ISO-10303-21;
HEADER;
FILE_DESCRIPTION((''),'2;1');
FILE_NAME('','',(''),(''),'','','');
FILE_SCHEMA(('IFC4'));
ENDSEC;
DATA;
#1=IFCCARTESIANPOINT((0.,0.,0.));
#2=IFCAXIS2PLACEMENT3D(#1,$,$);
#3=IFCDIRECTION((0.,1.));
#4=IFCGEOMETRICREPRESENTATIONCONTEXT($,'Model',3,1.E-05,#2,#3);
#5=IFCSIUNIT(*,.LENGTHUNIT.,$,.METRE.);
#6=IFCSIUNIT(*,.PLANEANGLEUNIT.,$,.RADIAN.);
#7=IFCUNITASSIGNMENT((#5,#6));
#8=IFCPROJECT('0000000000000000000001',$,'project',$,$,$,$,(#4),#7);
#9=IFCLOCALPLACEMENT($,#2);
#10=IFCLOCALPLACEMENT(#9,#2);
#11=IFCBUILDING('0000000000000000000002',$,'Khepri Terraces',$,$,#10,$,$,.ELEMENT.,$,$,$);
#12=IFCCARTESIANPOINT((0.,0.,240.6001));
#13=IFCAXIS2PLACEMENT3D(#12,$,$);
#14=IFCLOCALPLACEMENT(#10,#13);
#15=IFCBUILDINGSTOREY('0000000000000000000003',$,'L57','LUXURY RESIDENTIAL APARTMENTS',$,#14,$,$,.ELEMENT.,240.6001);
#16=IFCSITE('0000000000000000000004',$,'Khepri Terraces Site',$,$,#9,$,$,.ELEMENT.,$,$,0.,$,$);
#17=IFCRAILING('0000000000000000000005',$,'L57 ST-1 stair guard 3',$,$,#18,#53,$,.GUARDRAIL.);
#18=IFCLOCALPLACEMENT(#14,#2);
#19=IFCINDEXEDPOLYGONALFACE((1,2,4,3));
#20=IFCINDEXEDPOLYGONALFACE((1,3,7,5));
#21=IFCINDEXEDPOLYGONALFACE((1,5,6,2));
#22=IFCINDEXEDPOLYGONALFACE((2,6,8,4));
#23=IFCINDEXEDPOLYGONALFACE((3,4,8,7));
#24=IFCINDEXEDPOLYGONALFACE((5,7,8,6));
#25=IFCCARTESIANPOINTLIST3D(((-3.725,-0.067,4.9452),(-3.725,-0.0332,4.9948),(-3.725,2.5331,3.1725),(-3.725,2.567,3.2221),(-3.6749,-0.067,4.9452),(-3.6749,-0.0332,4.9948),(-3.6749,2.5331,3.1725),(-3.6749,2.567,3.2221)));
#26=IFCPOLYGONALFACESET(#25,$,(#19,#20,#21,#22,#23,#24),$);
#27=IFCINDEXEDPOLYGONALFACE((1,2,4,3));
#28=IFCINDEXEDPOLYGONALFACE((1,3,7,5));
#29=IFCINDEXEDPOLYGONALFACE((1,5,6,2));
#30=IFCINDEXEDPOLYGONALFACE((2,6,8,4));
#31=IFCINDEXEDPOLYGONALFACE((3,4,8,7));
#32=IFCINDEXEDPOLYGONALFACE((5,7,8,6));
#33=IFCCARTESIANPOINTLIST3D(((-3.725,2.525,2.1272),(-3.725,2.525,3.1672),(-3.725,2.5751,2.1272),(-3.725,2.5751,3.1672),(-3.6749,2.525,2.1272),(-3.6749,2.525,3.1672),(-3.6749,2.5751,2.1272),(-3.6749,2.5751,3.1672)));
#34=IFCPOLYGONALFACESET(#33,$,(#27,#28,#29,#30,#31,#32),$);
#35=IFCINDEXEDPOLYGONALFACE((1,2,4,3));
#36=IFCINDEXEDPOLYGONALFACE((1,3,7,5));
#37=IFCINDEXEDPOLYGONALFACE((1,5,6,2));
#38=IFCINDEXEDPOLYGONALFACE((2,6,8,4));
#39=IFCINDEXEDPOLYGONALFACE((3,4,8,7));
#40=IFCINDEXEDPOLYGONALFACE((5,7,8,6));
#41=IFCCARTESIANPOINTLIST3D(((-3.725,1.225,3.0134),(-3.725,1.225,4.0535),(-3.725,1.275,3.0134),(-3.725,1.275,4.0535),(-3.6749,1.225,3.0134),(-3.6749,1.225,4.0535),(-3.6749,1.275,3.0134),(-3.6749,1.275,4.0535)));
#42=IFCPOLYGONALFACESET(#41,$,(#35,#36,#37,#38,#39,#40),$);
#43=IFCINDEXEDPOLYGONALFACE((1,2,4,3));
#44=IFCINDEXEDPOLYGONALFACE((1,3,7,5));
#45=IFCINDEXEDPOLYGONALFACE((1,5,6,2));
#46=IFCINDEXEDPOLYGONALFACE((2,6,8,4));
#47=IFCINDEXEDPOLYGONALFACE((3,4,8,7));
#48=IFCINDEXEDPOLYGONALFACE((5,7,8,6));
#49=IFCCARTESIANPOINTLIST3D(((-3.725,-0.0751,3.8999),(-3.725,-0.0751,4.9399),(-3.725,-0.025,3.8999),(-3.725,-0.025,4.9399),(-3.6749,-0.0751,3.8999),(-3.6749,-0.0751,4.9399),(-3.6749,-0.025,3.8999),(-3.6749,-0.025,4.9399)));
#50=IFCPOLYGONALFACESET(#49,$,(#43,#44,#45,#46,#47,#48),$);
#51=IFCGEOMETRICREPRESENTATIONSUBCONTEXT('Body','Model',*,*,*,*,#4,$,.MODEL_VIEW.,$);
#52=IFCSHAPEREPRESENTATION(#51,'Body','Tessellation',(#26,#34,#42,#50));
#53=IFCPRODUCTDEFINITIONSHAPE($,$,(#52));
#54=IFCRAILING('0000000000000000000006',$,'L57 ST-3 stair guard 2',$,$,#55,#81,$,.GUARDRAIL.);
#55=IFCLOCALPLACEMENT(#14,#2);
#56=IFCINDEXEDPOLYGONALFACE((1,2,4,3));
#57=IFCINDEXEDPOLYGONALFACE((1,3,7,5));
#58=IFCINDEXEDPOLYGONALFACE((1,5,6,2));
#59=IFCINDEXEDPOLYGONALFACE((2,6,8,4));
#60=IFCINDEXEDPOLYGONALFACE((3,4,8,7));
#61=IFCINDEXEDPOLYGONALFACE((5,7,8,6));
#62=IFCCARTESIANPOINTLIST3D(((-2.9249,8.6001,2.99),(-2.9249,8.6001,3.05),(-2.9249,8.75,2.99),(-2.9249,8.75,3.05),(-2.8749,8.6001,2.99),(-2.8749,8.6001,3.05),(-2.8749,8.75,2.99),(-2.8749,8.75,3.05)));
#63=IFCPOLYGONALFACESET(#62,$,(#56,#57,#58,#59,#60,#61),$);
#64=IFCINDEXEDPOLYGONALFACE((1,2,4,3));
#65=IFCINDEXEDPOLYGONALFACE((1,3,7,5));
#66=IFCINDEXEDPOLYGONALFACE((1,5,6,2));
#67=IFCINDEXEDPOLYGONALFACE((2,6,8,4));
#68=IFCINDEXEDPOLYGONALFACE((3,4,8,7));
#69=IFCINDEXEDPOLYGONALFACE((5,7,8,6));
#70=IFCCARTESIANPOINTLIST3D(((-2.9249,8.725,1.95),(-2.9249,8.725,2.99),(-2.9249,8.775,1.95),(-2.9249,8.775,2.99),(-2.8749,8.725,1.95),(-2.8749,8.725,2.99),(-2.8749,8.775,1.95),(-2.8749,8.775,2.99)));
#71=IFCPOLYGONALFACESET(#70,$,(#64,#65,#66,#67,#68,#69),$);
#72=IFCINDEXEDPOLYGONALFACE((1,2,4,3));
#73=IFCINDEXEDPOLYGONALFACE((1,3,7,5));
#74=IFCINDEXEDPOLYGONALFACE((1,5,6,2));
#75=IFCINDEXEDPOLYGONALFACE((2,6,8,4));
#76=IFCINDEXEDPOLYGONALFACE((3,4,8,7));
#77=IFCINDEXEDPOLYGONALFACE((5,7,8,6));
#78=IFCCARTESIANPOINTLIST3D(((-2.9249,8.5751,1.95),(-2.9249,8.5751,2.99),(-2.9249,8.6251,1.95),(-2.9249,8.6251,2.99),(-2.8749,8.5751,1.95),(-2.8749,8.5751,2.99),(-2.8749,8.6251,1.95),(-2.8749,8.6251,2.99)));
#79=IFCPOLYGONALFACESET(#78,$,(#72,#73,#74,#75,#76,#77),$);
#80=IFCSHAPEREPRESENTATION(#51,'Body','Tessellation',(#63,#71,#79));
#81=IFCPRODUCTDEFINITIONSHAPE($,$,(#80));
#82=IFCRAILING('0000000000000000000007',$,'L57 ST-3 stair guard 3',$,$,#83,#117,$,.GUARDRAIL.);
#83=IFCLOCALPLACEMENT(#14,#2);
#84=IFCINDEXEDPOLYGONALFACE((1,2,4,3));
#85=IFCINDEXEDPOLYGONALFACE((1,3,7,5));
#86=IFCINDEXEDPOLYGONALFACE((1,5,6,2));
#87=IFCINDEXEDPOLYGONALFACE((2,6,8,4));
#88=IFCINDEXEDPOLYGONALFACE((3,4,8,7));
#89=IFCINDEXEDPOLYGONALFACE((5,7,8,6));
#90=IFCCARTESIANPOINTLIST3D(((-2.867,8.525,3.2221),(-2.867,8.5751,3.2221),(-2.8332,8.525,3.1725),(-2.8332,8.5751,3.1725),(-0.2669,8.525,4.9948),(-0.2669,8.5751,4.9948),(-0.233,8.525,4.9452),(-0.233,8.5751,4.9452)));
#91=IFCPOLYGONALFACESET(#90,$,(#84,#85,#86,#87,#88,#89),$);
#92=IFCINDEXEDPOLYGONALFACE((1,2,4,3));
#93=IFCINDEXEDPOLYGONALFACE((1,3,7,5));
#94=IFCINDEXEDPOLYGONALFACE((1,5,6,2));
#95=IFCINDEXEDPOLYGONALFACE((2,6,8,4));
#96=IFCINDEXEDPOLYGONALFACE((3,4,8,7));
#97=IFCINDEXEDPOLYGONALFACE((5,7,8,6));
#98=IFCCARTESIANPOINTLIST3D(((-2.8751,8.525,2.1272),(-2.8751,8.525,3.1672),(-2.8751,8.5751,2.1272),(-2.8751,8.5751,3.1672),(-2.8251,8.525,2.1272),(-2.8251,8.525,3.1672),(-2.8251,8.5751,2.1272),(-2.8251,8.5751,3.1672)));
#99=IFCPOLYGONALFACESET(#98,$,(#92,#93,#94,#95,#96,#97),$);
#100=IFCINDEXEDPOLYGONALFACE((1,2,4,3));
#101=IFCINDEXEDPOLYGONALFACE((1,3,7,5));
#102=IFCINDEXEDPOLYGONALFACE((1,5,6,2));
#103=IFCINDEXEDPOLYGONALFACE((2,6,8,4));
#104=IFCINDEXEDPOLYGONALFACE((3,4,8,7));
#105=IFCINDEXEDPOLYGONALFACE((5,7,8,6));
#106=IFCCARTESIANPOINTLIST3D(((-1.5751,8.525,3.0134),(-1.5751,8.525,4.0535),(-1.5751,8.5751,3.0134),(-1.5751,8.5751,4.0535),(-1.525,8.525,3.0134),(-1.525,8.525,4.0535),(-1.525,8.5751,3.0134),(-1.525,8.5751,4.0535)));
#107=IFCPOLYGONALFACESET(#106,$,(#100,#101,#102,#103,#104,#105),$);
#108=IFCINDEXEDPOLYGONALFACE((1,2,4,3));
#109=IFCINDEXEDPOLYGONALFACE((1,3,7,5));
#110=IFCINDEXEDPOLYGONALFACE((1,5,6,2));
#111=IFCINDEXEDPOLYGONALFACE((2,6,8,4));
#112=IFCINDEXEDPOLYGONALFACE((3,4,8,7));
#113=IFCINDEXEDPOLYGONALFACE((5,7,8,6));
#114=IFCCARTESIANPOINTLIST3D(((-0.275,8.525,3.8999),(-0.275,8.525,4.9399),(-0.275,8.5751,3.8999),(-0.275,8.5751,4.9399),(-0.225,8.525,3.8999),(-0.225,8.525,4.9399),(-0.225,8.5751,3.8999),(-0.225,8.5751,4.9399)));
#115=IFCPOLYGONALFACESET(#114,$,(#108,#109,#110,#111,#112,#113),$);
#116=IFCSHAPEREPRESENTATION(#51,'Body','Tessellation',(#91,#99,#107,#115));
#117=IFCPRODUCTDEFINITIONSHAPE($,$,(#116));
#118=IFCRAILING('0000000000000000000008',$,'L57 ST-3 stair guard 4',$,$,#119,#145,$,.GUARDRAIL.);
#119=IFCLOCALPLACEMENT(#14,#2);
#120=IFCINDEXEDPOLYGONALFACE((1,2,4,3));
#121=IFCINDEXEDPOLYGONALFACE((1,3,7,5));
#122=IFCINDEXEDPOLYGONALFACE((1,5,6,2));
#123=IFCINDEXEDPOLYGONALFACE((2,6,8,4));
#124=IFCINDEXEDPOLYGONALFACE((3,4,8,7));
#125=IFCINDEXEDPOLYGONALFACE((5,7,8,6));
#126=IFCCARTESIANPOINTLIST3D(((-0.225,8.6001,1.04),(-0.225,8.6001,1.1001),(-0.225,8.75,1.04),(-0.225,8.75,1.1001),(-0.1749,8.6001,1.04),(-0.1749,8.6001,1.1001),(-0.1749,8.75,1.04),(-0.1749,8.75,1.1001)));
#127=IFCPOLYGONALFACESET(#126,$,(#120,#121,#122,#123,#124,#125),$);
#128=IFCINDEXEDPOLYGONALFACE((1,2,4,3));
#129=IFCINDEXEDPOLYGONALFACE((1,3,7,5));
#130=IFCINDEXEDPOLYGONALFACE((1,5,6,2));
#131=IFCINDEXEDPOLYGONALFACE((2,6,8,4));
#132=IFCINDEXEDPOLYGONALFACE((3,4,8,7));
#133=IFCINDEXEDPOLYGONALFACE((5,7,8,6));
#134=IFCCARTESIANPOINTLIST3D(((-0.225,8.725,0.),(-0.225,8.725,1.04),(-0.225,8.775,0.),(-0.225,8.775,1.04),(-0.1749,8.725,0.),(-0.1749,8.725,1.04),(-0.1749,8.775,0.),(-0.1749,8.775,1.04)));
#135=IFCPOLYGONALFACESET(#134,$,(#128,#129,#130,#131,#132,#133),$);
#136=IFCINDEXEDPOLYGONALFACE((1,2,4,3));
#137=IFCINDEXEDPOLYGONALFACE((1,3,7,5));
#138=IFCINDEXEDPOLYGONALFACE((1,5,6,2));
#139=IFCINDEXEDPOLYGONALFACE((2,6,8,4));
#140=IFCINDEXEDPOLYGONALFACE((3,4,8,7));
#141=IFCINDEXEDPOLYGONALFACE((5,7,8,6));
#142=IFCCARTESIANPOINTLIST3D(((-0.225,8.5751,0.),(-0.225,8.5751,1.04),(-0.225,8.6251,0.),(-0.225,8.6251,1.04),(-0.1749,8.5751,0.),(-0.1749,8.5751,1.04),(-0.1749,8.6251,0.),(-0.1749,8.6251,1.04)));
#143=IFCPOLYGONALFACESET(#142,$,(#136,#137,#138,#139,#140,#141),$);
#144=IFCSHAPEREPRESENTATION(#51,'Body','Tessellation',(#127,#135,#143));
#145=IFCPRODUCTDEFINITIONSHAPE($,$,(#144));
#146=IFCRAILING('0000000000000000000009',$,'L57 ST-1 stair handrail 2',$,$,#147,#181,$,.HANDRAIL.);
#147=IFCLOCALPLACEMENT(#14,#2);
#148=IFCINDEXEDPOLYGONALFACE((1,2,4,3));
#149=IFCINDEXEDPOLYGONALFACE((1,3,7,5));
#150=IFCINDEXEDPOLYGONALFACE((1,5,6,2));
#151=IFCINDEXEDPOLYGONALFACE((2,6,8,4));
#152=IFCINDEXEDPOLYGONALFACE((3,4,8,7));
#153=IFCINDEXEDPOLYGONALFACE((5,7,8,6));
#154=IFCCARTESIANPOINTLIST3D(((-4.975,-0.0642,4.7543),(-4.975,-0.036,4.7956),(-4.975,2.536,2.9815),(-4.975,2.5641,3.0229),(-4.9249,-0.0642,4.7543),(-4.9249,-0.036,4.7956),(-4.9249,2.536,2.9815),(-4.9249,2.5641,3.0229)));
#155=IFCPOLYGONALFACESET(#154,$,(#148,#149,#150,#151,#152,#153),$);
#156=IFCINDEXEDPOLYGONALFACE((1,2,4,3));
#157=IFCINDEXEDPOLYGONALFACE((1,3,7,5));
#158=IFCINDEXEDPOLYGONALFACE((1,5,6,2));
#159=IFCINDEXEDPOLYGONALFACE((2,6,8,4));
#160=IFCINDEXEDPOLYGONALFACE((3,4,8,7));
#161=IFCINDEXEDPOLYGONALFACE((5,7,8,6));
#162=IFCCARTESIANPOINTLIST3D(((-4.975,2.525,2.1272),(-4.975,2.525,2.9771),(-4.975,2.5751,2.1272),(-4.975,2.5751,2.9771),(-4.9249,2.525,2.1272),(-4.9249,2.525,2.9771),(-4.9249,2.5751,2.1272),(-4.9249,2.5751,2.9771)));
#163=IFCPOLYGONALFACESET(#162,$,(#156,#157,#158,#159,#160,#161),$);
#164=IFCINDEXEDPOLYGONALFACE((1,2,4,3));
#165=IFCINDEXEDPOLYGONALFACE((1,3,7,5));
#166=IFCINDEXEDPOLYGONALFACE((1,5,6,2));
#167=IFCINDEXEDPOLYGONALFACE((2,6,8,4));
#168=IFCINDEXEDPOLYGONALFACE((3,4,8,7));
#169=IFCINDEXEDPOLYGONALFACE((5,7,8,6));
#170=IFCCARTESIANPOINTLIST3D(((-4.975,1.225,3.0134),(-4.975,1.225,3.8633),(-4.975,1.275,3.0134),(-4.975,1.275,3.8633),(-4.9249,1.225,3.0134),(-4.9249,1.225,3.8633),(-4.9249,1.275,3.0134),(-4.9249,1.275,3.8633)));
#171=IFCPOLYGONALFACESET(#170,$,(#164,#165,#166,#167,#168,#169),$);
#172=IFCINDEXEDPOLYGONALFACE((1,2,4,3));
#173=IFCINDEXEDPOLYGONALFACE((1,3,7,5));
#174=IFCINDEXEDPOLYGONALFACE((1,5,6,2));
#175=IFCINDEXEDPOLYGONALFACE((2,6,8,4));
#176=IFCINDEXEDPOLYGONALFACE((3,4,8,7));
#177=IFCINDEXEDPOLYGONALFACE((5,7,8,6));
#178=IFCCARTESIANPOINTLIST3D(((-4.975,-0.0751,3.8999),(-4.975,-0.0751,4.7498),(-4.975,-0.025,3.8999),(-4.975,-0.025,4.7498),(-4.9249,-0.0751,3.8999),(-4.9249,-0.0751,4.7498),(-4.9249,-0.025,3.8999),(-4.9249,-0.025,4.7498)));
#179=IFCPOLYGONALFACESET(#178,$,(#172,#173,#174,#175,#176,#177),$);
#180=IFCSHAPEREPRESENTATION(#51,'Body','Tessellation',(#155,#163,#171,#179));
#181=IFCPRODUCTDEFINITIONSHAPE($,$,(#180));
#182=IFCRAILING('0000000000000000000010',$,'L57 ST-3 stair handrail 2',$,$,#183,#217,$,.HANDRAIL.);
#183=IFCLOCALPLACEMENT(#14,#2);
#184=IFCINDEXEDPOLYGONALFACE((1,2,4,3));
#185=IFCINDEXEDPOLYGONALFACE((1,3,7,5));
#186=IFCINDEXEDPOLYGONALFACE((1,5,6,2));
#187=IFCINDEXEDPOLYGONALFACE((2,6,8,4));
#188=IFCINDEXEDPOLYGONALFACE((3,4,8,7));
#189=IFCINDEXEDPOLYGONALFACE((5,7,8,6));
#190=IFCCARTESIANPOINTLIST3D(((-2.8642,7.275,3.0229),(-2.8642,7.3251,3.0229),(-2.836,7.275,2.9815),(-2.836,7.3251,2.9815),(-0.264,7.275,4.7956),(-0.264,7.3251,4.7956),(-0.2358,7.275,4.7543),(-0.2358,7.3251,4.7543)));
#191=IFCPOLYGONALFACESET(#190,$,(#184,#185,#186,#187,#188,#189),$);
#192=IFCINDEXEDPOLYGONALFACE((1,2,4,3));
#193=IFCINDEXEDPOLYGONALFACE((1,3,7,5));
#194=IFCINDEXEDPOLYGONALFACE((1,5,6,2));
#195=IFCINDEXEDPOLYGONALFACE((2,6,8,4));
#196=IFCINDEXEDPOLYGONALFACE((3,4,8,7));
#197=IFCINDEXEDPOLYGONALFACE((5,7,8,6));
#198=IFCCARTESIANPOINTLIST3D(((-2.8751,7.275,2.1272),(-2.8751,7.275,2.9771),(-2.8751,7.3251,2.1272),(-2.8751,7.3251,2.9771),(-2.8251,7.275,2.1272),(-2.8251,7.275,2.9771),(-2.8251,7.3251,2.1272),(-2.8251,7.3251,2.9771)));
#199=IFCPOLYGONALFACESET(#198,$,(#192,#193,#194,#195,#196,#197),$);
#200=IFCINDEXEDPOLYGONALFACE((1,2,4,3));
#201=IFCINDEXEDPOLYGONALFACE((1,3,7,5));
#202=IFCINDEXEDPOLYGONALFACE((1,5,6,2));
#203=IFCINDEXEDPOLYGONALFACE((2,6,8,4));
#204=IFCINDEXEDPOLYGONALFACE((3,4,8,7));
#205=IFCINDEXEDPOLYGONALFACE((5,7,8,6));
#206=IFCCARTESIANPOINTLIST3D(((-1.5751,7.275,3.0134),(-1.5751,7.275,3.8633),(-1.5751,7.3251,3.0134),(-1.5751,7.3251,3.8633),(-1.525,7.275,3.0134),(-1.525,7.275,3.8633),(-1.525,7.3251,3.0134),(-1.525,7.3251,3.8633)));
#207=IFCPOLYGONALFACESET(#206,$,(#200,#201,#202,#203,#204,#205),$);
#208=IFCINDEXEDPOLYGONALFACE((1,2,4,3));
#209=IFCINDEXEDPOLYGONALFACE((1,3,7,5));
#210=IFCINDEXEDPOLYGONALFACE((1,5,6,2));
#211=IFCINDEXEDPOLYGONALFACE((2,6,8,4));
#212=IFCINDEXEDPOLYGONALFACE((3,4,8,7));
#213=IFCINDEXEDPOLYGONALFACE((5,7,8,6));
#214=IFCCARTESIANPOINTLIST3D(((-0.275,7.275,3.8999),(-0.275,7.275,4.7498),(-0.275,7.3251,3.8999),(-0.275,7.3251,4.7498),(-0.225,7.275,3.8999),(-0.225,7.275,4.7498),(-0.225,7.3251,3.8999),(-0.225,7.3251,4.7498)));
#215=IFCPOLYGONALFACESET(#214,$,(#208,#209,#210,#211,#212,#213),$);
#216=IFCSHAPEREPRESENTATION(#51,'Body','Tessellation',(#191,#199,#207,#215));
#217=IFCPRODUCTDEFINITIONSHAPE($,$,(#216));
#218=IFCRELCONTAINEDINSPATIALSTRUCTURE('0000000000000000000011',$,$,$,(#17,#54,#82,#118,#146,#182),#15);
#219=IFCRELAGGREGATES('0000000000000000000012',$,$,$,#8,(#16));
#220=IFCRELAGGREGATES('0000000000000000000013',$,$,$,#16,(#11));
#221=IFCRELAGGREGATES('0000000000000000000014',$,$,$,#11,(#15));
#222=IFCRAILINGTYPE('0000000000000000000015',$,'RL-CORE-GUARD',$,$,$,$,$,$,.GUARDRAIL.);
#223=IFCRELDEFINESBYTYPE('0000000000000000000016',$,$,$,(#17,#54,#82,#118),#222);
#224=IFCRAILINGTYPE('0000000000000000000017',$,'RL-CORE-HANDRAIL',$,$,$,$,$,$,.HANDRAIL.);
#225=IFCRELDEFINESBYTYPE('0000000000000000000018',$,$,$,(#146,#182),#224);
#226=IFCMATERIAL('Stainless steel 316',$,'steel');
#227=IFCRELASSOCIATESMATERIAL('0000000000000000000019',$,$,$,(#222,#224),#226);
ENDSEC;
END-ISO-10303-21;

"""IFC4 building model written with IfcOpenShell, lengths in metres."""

from ifc_helpers import new_model, si_unit, direction, frame, origin, origin_2d, place, context, subcontext, project, spatial, rectangle, extrude, material, type_object, element, save


model = new_model("IFC4")

# Units and contexts
model_context = context("Model", 3, precision=1e-05, world=origin(), true_north=direction((0.0, 1.0)))
body_context = subcontext(model_context, "Body", "Model", "MODEL_VIEW")
ifc_project = project(units=[si_unit("LENGTHUNIT", "METRE"), si_unit("PLANEANGLEUNIT", "RADIAN")], contexts=[model_context])

# Site, building, storey
site_placement = place(None, origin())
site = spatial("IfcSite", under=ifc_project, at=site_placement, Name="Khepri Terraces Site", CompositionType="ELEMENT", RefElevation=0.0)
building_placement = place(site_placement, origin())
building = spatial("IfcBuilding", under=site, at=building_placement, Name="Khepri Terraces", CompositionType="ELEMENT")
storey_placement = place(building_placement, frame((0.0, 0.0, 240.6001)))
storey = spatial("IfcBuildingStorey", under=building, at=storey_placement, Name="L57", Description="LUXURY RESIDENTIAL APARTMENTS", CompositionType="ELEMENT", Elevation=240.6001)

# Railings
ifc_material_1 = material(Name="Stainless steel 316", Category="steel")
railing_type_1 = type_object("IfcRailingType", Name="RL-CORE-GUARD", PredefinedType="GUARDRAIL", material=ifc_material_1)
railing_1_placement = place(storey_placement, frame((-3.7, 2.55, 2.1272)))
element("IfcRailing", 1, at=railing_1_placement, inside=storey, type_object=railing_type_1, Name="L57 ST-1 stair guard 3", PredefinedType="GUARDRAIL", context=body_context, shape_type="SweptSolid", body=[
    extrude(rectangle(XDim=0.05, YDim=0.0601, at=origin_2d()), frame((0.0, 0.0, 1.0701), z_axis=(0.0, -0.82624, 0.563318), x_axis=(1.0, 0.0, 0.0)), (0.0, 0.0, 1.0), 3.147),
    extrude(rectangle(XDim=0.05, YDim=0.05, at=origin_2d()), origin(), (0.0, 0.0, 1.0), 1.04),
    extrude(rectangle(XDim=0.05, YDim=0.05, at=origin_2d()), frame((0.0, -1.3, 0.8862)), (0.0, 0.0, 1.0), 1.04),
    extrude(rectangle(XDim=0.05, YDim=0.05, at=origin_2d()), frame((0.0, -2.6001, 1.7727)), (0.0, 0.0, 1.0), 1.04),
])
railing_2_placement = place(storey_placement, frame((-2.8999, 8.75, 1.95)))
element("IfcRailing", 2, at=railing_2_placement, inside=storey, type_object=railing_type_1, Name="L57 ST-3 stair guard 2", PredefinedType="GUARDRAIL", context=body_context, shape_type="SweptSolid", body=[
    extrude(rectangle(XDim=0.05, YDim=0.0601, at=origin_2d()), frame((0.0, 0.0, 1.0701), z_axis=(0.0, -1.0, 0.0), x_axis=(1.0, 0.0, 0.0)), (0.0, 0.0, 1.0), 0.1499),
    extrude(rectangle(XDim=0.05, YDim=0.05, at=origin_2d()), origin(), (0.0, 0.0, 1.0), 1.04),
    extrude(rectangle(XDim=0.05, YDim=0.05, at=origin_2d()), frame((0.0, -0.1499, 0.0)), (0.0, 0.0, 1.0), 1.04),
])
railing_3_placement = place(storey_placement, frame((-2.8501, 8.55, 2.1272)))
element("IfcRailing", 3, at=railing_3_placement, inside=storey, type_object=railing_type_1, Name="L57 ST-3 stair guard 3", PredefinedType="GUARDRAIL", context=body_context, shape_type="SweptSolid", body=[
    extrude(rectangle(XDim=0.05, YDim=0.0601, at=origin_2d()), frame((0.0, 0.0, 1.0701), z_axis=(0.82624, 0.0, 0.563318), x_axis=(0.0, 1.0, 0.0)), (0.0, 0.0, 1.0), 3.147),
    extrude(rectangle(XDim=0.05, YDim=0.05, at=origin_2d()), origin(), (0.0, 0.0, 1.0), 1.04),
    extrude(rectangle(XDim=0.05, YDim=0.05, at=origin_2d()), frame((1.3, 0.0, 0.8862)), (0.0, 0.0, 1.0), 1.04),
    extrude(rectangle(XDim=0.05, YDim=0.05, at=origin_2d()), frame((2.6001, 0.0, 1.7727)), (0.0, 0.0, 1.0), 1.04),
])
railing_4_placement = place(storey_placement, frame((-0.2, 8.75, 0.0)))
element("IfcRailing", 4, at=railing_4_placement, inside=storey, type_object=railing_type_1, Name="L57 ST-3 stair guard 4", PredefinedType="GUARDRAIL", context=body_context, shape_type="SweptSolid", body=[
    extrude(rectangle(XDim=0.05, YDim=0.0601, at=origin_2d()), frame((0.0, 0.0, 1.0701), z_axis=(0.0, -1.0, 0.0), x_axis=(1.0, 0.0, 0.0)), (0.0, 0.0, 1.0), 0.1499),
    extrude(rectangle(XDim=0.05, YDim=0.05, at=origin_2d()), origin(), (0.0, 0.0, 1.0), 1.04),
    extrude(rectangle(XDim=0.05, YDim=0.05, at=origin_2d()), frame((0.0, -0.1499, 0.0)), (0.0, 0.0, 1.0), 1.04),
])
railing_type_2 = type_object("IfcRailingType", Name="RL-CORE-HANDRAIL", PredefinedType="HANDRAIL", material=ifc_material_1)
railing_5_placement = place(storey_placement, frame((-4.95, 2.55, 2.1272)))
element("IfcRailing", 5, at=railing_5_placement, inside=storey, type_object=railing_type_2, Name="L57 ST-1 stair handrail 2", PredefinedType="HANDRAIL", context=body_context, shape_type="SweptSolid", body=[
    extrude(rectangle(XDim=0.05, YDim=0.05, at=origin_2d()), frame((0.0, 0.0, 0.875), z_axis=(0.0, -0.82624, 0.563318), x_axis=(1.0, 0.0, 0.0)), (0.0, 0.0, 1.0), 3.147),
    extrude(rectangle(XDim=0.05, YDim=0.05, at=origin_2d()), origin(), (0.0, 0.0, 1.0), 0.8499),
    extrude(rectangle(XDim=0.05, YDim=0.05, at=origin_2d()), frame((0.0, -1.3, 0.8862)), (0.0, 0.0, 1.0), 0.8499),
    extrude(rectangle(XDim=0.05, YDim=0.05, at=origin_2d()), frame((0.0, -2.6001, 1.7727)), (0.0, 0.0, 1.0), 0.8499),
])
railing_6_placement = place(storey_placement, frame((-2.8501, 7.3, 2.1272)))
element("IfcRailing", 6, at=railing_6_placement, inside=storey, type_object=railing_type_2, Name="L57 ST-3 stair handrail 2", PredefinedType="HANDRAIL", context=body_context, shape_type="SweptSolid", body=[
    extrude(rectangle(XDim=0.05, YDim=0.05, at=origin_2d()), frame((0.0, 0.0, 0.875), z_axis=(0.82624, 0.0, 0.563318), x_axis=(0.0, 1.0, 0.0)), (0.0, 0.0, 1.0), 3.147),
    extrude(rectangle(XDim=0.05, YDim=0.05, at=origin_2d()), origin(), (0.0, 0.0, 1.0), 0.8499),
    extrude(rectangle(XDim=0.05, YDim=0.05, at=origin_2d()), frame((1.3, 0.0, 0.8862)), (0.0, 0.0, 1.0), 0.8499),
    extrude(rectangle(XDim=0.05, YDim=0.05, at=origin_2d()), frame((2.6001, 0.0, 1.7727)), (0.0, 0.0, 1.0), 0.8499),
])

save(model, "model.ifc")
